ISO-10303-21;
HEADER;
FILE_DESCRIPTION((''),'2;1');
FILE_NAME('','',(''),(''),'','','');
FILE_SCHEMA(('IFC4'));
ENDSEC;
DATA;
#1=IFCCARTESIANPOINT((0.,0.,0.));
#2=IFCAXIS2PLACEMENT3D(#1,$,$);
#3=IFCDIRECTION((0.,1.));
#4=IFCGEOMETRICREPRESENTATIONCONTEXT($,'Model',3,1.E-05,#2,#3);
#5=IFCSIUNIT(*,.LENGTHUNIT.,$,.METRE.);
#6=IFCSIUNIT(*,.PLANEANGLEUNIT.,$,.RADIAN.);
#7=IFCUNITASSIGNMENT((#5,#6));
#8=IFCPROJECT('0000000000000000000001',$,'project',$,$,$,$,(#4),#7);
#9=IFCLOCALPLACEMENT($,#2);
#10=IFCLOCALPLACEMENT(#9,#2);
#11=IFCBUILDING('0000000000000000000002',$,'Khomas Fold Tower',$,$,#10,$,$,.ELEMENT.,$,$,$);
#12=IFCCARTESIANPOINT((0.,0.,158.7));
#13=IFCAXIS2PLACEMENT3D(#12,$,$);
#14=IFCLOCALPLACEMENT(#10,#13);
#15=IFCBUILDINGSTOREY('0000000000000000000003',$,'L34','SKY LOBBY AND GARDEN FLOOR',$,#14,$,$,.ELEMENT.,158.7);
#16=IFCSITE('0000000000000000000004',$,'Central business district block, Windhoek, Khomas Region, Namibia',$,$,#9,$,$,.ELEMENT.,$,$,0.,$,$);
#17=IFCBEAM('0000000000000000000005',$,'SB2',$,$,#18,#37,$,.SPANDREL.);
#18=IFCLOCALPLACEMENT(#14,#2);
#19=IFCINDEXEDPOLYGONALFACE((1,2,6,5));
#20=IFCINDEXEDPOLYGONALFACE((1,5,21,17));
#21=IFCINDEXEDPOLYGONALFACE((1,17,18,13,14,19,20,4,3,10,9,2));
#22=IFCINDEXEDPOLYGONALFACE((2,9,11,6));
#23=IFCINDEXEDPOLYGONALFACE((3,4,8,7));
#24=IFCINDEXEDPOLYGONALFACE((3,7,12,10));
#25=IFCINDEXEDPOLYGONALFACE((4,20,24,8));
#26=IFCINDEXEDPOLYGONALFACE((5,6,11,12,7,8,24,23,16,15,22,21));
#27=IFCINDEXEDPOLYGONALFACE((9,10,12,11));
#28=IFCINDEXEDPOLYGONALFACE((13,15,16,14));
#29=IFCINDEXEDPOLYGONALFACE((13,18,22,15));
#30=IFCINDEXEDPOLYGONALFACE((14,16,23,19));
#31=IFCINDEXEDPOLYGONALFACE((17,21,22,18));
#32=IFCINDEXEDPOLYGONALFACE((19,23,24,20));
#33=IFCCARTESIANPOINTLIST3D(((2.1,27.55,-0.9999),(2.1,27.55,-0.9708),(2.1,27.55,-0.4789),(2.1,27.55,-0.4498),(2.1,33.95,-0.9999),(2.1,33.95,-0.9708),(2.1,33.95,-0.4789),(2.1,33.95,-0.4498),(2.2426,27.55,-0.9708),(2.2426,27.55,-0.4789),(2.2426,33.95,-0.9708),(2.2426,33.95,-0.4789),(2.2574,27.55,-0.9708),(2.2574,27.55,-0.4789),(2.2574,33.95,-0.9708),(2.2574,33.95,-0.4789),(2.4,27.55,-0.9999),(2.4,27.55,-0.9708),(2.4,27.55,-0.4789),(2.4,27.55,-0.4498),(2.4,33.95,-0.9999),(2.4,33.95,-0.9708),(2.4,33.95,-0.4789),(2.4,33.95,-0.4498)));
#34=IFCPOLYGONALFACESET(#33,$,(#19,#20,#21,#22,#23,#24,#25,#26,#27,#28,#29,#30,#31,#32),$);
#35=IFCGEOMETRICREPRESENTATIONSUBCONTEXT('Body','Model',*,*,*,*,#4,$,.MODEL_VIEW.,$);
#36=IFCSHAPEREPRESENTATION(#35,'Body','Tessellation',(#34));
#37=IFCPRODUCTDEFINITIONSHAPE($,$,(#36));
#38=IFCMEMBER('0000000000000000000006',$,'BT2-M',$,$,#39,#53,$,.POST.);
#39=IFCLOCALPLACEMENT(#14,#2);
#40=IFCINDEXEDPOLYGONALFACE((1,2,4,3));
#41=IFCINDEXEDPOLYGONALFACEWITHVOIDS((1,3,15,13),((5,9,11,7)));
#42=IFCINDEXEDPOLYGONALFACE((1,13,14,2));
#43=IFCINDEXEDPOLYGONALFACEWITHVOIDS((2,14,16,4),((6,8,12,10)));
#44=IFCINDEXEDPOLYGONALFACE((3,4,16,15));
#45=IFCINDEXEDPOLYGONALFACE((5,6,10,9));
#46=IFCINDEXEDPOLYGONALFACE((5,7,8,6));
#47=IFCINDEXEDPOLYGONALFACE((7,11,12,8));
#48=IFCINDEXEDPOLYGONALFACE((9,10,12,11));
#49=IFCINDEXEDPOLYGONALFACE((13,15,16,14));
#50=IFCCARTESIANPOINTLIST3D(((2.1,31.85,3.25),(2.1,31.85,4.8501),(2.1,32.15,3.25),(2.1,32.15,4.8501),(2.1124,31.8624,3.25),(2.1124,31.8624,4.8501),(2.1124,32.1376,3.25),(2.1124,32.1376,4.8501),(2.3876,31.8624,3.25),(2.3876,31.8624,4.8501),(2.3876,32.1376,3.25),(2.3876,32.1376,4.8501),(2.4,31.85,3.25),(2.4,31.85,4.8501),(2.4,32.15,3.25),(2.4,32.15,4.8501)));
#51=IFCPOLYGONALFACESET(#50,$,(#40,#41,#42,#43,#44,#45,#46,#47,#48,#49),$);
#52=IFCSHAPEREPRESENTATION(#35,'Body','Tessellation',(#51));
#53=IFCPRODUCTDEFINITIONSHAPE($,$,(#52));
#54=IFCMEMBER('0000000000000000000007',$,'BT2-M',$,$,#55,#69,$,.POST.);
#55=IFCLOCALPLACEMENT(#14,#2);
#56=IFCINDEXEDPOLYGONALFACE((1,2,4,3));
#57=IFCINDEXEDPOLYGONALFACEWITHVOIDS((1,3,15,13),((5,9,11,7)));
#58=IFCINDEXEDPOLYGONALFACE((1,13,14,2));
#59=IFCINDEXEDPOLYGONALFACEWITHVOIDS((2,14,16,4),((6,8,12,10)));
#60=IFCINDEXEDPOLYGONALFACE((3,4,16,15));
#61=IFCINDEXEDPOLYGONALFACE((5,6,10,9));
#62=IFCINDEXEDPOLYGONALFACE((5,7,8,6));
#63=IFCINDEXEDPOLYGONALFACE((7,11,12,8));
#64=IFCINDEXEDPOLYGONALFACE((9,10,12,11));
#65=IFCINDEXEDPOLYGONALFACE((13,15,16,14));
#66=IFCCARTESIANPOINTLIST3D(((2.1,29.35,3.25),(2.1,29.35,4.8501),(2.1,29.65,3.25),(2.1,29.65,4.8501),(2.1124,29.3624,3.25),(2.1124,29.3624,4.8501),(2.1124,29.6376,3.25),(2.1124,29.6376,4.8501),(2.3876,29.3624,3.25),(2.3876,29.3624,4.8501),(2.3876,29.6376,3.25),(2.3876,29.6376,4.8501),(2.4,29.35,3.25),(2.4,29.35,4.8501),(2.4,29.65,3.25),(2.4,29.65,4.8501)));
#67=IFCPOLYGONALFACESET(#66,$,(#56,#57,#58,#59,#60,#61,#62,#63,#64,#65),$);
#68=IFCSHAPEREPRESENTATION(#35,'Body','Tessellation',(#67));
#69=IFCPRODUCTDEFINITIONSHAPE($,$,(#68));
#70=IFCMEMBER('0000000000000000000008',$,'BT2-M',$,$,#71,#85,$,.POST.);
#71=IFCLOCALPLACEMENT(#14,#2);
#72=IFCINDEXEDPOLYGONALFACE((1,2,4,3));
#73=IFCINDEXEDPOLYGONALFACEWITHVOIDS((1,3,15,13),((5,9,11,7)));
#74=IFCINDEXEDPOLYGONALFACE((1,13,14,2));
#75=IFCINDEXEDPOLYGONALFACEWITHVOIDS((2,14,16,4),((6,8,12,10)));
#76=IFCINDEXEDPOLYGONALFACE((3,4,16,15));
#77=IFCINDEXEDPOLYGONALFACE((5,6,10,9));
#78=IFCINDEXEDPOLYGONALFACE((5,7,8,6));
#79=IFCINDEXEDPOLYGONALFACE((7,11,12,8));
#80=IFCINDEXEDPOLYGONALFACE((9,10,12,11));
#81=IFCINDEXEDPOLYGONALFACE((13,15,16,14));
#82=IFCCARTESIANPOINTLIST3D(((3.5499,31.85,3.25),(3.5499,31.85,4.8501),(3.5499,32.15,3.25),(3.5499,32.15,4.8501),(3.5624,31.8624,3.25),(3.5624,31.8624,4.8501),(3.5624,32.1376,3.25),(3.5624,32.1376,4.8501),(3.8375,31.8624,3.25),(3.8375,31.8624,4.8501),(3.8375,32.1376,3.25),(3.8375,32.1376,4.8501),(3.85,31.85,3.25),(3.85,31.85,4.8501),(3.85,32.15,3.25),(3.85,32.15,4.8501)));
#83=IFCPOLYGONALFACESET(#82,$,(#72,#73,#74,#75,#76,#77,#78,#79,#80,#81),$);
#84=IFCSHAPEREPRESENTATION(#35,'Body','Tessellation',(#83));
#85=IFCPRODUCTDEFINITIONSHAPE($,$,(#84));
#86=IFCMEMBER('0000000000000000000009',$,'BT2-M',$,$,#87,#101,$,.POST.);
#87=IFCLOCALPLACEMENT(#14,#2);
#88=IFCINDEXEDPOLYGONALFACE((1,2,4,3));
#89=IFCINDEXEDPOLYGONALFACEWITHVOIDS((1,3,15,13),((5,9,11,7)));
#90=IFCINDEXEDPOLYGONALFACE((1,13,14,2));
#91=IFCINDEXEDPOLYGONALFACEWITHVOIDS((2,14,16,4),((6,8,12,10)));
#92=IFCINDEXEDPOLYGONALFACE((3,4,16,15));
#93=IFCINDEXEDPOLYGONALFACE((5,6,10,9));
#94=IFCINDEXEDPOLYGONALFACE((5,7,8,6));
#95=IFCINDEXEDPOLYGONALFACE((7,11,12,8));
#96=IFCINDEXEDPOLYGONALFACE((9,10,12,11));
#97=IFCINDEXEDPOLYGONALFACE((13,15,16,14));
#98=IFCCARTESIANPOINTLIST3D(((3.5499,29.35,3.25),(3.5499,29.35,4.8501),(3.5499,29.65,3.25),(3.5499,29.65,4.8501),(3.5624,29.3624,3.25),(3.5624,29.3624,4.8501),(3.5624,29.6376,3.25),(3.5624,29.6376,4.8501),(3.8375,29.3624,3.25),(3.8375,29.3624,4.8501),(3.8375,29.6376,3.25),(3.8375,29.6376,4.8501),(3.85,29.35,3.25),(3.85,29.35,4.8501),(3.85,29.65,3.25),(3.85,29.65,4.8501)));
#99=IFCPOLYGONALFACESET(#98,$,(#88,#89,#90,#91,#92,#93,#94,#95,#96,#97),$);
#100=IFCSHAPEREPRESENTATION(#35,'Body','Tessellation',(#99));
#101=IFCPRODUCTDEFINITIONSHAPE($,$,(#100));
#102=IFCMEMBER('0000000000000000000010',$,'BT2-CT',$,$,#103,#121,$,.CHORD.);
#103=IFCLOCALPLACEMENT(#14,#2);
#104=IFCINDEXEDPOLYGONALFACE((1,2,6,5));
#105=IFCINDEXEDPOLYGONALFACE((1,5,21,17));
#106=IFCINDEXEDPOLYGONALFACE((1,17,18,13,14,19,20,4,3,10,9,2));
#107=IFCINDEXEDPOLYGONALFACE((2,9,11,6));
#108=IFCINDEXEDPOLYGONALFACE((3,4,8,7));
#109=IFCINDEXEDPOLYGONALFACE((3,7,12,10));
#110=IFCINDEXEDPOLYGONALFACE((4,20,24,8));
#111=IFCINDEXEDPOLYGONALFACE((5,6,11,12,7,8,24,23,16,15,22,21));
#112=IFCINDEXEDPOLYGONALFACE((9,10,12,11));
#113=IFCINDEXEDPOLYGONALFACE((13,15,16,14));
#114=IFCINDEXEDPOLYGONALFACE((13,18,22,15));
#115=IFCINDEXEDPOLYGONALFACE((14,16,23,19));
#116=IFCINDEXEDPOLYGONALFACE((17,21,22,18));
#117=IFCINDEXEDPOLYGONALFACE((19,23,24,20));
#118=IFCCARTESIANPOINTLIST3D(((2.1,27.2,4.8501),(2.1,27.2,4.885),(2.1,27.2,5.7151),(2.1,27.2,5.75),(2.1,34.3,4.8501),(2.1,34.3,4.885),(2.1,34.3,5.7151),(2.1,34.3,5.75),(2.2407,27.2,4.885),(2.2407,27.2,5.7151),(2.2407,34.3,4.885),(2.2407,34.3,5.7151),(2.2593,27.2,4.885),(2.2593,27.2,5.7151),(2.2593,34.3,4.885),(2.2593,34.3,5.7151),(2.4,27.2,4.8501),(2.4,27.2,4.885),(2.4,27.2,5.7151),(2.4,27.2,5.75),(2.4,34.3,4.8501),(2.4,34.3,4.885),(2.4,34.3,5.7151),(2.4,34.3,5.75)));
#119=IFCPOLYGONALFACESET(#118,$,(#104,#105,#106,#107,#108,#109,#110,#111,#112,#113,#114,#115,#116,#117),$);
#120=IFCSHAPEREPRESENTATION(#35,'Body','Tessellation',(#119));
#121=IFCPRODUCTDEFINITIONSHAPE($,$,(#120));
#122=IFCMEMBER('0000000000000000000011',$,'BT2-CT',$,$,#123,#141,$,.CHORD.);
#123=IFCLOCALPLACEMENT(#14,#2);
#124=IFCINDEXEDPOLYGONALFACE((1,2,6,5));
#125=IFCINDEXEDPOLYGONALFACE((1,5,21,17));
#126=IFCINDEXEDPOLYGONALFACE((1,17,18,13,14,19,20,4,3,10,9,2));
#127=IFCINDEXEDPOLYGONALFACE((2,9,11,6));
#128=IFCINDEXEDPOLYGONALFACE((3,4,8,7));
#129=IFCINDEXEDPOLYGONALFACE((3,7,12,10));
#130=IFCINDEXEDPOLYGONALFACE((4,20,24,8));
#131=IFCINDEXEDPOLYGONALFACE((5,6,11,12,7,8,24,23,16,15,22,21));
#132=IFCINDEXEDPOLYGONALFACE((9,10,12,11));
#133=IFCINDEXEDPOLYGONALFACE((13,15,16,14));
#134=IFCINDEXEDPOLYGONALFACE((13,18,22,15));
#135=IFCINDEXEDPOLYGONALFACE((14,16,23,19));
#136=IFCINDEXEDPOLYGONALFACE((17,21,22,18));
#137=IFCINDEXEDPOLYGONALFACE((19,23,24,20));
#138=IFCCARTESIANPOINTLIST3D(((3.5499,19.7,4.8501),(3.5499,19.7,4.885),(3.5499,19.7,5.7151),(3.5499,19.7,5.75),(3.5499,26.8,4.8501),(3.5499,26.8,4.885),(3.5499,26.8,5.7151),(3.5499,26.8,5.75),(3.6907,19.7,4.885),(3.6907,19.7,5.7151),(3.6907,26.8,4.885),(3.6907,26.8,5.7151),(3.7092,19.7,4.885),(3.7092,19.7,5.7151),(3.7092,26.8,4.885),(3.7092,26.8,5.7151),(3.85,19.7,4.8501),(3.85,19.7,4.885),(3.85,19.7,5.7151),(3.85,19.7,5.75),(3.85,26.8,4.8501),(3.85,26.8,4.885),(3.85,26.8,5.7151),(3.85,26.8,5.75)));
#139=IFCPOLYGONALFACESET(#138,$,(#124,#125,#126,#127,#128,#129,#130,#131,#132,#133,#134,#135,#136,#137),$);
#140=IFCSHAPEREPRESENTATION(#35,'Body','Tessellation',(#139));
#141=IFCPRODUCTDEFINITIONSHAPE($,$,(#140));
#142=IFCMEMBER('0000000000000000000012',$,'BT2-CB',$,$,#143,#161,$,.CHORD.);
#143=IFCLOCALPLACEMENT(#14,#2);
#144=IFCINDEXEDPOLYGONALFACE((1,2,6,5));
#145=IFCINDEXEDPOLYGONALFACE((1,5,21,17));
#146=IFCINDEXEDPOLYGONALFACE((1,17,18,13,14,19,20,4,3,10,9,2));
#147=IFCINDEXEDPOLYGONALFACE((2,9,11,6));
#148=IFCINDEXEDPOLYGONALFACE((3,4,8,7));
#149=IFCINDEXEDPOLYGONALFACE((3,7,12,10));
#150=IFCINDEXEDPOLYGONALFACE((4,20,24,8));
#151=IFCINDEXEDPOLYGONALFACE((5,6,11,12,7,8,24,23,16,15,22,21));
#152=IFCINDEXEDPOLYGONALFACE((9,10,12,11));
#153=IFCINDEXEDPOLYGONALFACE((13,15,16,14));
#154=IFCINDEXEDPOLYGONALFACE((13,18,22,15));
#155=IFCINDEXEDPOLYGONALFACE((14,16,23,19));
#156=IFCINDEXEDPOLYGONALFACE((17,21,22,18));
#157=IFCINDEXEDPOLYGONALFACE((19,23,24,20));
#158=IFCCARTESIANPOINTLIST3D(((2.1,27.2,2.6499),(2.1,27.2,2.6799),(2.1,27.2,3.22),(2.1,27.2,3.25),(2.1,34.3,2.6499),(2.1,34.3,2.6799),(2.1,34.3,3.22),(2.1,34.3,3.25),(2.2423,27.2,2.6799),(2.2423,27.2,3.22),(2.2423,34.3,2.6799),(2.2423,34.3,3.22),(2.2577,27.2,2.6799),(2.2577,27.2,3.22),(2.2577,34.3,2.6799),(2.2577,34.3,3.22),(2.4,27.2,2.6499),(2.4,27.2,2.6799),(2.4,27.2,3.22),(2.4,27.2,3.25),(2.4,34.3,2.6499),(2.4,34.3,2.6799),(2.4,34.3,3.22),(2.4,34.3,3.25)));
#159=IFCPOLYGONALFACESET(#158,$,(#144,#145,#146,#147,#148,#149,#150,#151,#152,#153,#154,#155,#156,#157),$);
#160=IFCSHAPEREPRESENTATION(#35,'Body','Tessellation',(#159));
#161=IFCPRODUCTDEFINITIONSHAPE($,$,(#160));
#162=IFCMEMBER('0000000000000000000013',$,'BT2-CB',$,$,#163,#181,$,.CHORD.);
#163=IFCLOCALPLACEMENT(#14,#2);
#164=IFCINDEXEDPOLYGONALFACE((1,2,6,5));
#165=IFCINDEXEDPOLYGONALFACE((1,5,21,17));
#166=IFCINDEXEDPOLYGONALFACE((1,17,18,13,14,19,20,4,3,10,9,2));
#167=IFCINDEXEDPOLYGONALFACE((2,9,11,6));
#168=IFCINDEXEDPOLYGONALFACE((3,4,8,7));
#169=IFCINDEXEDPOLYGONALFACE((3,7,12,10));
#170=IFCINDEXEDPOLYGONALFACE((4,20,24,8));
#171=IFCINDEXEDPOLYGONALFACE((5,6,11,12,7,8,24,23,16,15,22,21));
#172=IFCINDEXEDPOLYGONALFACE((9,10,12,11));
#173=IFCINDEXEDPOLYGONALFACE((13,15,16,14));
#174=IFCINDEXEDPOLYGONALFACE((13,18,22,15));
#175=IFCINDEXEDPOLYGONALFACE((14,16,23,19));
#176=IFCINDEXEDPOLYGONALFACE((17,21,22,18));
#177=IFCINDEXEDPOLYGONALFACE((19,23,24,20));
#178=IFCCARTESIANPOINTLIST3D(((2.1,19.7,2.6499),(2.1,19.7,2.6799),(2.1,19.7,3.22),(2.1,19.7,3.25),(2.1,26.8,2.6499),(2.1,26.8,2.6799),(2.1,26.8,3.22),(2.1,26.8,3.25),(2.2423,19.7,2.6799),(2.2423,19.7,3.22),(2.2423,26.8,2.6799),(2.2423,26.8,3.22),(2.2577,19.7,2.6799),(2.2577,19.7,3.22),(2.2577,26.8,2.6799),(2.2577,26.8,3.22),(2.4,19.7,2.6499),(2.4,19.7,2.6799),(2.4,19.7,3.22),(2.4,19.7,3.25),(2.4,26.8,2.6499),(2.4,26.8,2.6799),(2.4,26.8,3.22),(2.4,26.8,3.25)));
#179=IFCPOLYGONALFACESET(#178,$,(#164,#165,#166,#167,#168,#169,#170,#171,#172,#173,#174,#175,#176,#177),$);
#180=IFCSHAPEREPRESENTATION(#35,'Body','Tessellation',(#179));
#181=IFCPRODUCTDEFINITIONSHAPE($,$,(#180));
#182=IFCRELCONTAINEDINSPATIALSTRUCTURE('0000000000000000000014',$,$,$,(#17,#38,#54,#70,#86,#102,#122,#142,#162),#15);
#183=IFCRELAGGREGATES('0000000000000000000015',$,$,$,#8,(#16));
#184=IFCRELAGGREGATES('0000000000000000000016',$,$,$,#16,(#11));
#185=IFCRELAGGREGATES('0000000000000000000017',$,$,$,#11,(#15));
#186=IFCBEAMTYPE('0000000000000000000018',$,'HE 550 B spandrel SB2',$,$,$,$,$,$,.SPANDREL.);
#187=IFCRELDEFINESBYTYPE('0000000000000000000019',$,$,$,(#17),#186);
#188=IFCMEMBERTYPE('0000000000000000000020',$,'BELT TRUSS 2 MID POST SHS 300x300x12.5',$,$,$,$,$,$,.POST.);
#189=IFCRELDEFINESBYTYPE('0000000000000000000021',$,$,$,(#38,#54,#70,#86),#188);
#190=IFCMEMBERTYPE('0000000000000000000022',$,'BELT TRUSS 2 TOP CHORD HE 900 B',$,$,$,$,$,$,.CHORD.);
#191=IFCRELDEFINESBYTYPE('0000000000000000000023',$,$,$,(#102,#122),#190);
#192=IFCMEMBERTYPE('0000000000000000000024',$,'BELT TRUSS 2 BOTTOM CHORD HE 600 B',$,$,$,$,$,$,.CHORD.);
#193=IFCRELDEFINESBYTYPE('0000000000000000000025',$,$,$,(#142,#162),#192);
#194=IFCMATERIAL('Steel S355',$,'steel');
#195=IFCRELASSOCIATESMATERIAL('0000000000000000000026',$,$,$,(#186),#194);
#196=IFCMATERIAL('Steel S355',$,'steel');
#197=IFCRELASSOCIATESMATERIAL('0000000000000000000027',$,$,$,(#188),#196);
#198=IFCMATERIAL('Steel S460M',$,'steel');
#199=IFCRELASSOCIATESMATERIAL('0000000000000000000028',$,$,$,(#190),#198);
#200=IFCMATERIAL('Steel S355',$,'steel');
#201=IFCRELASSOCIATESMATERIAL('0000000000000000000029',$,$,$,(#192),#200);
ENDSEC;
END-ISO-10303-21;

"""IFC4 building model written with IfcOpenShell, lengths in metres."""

from ifc_helpers import new_model, si_unit, direction, frame, origin, origin_2d, place, context, subcontext, project, spatial, hollow_rectangle, i_section, extrude, source, transform, mapped, material, material_profile, profile_set, type_object, element, save


model = new_model("IFC4")

# Units and contexts
model_context = context("Model", 3, precision=1e-05, world=origin(), true_north=direction((0.0, 1.0)))
body_context = subcontext(model_context, "Body", "Model", "MODEL_VIEW")
ifc_project = project(units=[si_unit("LENGTHUNIT", "METRE"), si_unit("PLANEANGLEUNIT", "RADIAN")], contexts=[model_context])

# Site, building, storey
site_placement = place(None, origin())
site = spatial("IfcSite", under=ifc_project, at=site_placement, Name="Central business district block, Windhoek, Khomas Region, Namibia", CompositionType="ELEMENT", RefElevation=0.0)
building_placement = place(site_placement, origin())
building = spatial("IfcBuilding", under=site, at=building_placement, Name="Khomas Fold Tower", CompositionType="ELEMENT")
storey_placement = place(building_placement, frame((0.0, 0.0, 158.7)))
storey = spatial("IfcBuildingStorey", under=building, at=storey_placement, Name="L34", Description="SKY LOBBY AND GARDEN FLOOR", CompositionType="ELEMENT", Elevation=158.7)

# Beam
ifc_material_1 = material(Name="Steel S355", Category="steel")
ifc_material_profile_1 = material_profile(ifc_material_1, i_section(OverallWidth=0.3, OverallDepth=0.55, WebThickness=0.0149, FlangeThickness=0.0291, at=origin_2d()), Name="HE 550 B")
ifc_profile_set_1 = profile_set([ifc_material_profile_1], Name="Steel S355")
beam_type_1 = type_object("IfcBeamType", Name="HE 550 B spandrel SB2", PredefinedType="SPANDREL", material=ifc_profile_set_1)
shared_shape_1 = source(origin(), body_context, "Body", "SweptSolid", [
    extrude(i_section(OverallWidth=0.3, OverallDepth=0.55, WebThickness=0.0149, FlangeThickness=0.0291, at=origin_2d()), origin(), (0.0, 0.0, 1.0), 6.3999),
])
beam_1_placement = place(storey_placement, frame((2.25, 27.55, -0.7249), z_axis=(0.0, 1.0, 0.0), x_axis=(-1.0, 0.0, 0.0)))
element("IfcBeam", 1, at=beam_1_placement, inside=storey, type_object=beam_type_1, Name="SB2", PredefinedType="SPANDREL", context=body_context, shape_type="MappedRepresentation", body=[
    mapped(shared_shape_1, transform((0.0, 0.0, 0.0))),
])

# Members
ifc_material_2 = material(Name="Steel S355", Category="steel")
ifc_material_profile_2 = material_profile(ifc_material_2, hollow_rectangle(XDim=0.3, YDim=0.3, WallThickness=0.0125, at=origin_2d()), Name="SHS 300x300x12.5")
ifc_profile_set_2 = profile_set([ifc_material_profile_2], Name="Steel S355")
member_type_1 = type_object("IfcMemberType", Name="BELT TRUSS 2 MID POST SHS 300x300x12.5", PredefinedType="POST", material=ifc_profile_set_2)
shared_shape_2 = source(origin(), body_context, "Body", "SweptSolid", [
    extrude(hollow_rectangle(XDim=0.3, YDim=0.3, WallThickness=0.0125, at=origin_2d()), origin(), (0.0, 0.0, 1.0), 1.6001),
])
for number, where, z_axis, x_axis, name in (
    (2, (2.25, 32.0, 3.25), (0.0, 0.0, 1.0), (1.0, 0.0, 0.0), "BT2-M"),
    (3, (2.25, 29.5, 3.25), (0.0, 0.0, 1.0), (1.0, 0.0, 0.0), "BT2-M"),
    (4, (3.7, 32.0, 3.25), (0.0, 0.0, 1.0), (1.0, 0.0, 0.0), "BT2-M"),
    (5, (3.7, 29.5, 3.25), (0.0, 0.0, 1.0), (1.0, 0.0, 0.0), "BT2-M"),
):
    element("IfcMember", number, at=place(storey_placement, frame(where, z_axis=z_axis, x_axis=x_axis)), inside=storey, type_object=member_type_1, Name=name, PredefinedType="POST", context=body_context, shape_type="MappedRepresentation", body=[
        mapped(shared_shape_2, transform((0.0, 0.0, 0.0))),
    ])
ifc_material_3 = material(Name="Steel S460M", Category="steel")
ifc_material_profile_3 = material_profile(ifc_material_3, i_section(OverallWidth=0.3, OverallDepth=0.8999, WebThickness=0.0186, FlangeThickness=0.0349, at=origin_2d()), Name="HE 900 B")
ifc_profile_set_3 = profile_set([ifc_material_profile_3], Name="Steel S460M")
member_type_2 = type_object("IfcMemberType", Name="BELT TRUSS 2 TOP CHORD HE 900 B", PredefinedType="CHORD", material=ifc_profile_set_3)
shared_shape_3 = source(origin(), body_context, "Body", "SweptSolid", [
    extrude(i_section(OverallWidth=0.3, OverallDepth=0.8999, WebThickness=0.0186, FlangeThickness=0.0349, at=origin_2d()), origin(), (0.0, 0.0, 1.0), 7.1001),
])
for number, where, z_axis, x_axis, name in (
    (6, (2.25, 34.3, 5.3), (0.0, -1.0, 0.0), (1.0, 0.0, 0.0), "BT2-CT"),
    (7, (3.7, 26.8, 5.3), (0.0, -1.0, 0.0), (1.0, 0.0, 0.0), "BT2-CT"),
):
    element("IfcMember", number, at=place(storey_placement, frame(where, z_axis=z_axis, x_axis=x_axis)), inside=storey, type_object=member_type_2, Name=name, PredefinedType="CHORD", context=body_context, shape_type="MappedRepresentation", body=[
        mapped(shared_shape_3, transform((0.0, 0.0, 0.0))),
    ])
ifc_material_4 = material(Name="Steel S355", Category="steel")
ifc_material_profile_4 = material_profile(ifc_material_4, i_section(OverallWidth=0.3, OverallDepth=0.6001, WebThickness=0.0154, FlangeThickness=0.03, at=origin_2d()), Name="HE 600 B")
ifc_profile_set_4 = profile_set([ifc_material_profile_4], Name="Steel S355")
member_type_3 = type_object("IfcMemberType", Name="BELT TRUSS 2 BOTTOM CHORD HE 600 B", PredefinedType="CHORD", material=ifc_profile_set_4)
shared_shape_4 = source(origin(), body_context, "Body", "SweptSolid", [
    extrude(i_section(OverallWidth=0.3, OverallDepth=0.6001, WebThickness=0.0154, FlangeThickness=0.03, at=origin_2d()), origin(), (0.0, 0.0, 1.0), 7.1001),
])
for number, where, z_axis, x_axis, name in (
    (8, (2.25, 34.3, 2.95), (0.0, -1.0, 0.0), (1.0, 0.0, 0.0), "BT2-CB"),
    (9, (2.25, 26.8, 2.95), (0.0, -1.0, 0.0), (1.0, 0.0, 0.0), "BT2-CB"),
):
    element("IfcMember", number, at=place(storey_placement, frame(where, z_axis=z_axis, x_axis=x_axis)), inside=storey, type_object=member_type_3, Name=name, PredefinedType="CHORD", context=body_context, shape_type="MappedRepresentation", body=[
        mapped(shared_shape_4, transform((0.0, 0.0, 0.0))),
    ])

save(model, "model.ifc")
